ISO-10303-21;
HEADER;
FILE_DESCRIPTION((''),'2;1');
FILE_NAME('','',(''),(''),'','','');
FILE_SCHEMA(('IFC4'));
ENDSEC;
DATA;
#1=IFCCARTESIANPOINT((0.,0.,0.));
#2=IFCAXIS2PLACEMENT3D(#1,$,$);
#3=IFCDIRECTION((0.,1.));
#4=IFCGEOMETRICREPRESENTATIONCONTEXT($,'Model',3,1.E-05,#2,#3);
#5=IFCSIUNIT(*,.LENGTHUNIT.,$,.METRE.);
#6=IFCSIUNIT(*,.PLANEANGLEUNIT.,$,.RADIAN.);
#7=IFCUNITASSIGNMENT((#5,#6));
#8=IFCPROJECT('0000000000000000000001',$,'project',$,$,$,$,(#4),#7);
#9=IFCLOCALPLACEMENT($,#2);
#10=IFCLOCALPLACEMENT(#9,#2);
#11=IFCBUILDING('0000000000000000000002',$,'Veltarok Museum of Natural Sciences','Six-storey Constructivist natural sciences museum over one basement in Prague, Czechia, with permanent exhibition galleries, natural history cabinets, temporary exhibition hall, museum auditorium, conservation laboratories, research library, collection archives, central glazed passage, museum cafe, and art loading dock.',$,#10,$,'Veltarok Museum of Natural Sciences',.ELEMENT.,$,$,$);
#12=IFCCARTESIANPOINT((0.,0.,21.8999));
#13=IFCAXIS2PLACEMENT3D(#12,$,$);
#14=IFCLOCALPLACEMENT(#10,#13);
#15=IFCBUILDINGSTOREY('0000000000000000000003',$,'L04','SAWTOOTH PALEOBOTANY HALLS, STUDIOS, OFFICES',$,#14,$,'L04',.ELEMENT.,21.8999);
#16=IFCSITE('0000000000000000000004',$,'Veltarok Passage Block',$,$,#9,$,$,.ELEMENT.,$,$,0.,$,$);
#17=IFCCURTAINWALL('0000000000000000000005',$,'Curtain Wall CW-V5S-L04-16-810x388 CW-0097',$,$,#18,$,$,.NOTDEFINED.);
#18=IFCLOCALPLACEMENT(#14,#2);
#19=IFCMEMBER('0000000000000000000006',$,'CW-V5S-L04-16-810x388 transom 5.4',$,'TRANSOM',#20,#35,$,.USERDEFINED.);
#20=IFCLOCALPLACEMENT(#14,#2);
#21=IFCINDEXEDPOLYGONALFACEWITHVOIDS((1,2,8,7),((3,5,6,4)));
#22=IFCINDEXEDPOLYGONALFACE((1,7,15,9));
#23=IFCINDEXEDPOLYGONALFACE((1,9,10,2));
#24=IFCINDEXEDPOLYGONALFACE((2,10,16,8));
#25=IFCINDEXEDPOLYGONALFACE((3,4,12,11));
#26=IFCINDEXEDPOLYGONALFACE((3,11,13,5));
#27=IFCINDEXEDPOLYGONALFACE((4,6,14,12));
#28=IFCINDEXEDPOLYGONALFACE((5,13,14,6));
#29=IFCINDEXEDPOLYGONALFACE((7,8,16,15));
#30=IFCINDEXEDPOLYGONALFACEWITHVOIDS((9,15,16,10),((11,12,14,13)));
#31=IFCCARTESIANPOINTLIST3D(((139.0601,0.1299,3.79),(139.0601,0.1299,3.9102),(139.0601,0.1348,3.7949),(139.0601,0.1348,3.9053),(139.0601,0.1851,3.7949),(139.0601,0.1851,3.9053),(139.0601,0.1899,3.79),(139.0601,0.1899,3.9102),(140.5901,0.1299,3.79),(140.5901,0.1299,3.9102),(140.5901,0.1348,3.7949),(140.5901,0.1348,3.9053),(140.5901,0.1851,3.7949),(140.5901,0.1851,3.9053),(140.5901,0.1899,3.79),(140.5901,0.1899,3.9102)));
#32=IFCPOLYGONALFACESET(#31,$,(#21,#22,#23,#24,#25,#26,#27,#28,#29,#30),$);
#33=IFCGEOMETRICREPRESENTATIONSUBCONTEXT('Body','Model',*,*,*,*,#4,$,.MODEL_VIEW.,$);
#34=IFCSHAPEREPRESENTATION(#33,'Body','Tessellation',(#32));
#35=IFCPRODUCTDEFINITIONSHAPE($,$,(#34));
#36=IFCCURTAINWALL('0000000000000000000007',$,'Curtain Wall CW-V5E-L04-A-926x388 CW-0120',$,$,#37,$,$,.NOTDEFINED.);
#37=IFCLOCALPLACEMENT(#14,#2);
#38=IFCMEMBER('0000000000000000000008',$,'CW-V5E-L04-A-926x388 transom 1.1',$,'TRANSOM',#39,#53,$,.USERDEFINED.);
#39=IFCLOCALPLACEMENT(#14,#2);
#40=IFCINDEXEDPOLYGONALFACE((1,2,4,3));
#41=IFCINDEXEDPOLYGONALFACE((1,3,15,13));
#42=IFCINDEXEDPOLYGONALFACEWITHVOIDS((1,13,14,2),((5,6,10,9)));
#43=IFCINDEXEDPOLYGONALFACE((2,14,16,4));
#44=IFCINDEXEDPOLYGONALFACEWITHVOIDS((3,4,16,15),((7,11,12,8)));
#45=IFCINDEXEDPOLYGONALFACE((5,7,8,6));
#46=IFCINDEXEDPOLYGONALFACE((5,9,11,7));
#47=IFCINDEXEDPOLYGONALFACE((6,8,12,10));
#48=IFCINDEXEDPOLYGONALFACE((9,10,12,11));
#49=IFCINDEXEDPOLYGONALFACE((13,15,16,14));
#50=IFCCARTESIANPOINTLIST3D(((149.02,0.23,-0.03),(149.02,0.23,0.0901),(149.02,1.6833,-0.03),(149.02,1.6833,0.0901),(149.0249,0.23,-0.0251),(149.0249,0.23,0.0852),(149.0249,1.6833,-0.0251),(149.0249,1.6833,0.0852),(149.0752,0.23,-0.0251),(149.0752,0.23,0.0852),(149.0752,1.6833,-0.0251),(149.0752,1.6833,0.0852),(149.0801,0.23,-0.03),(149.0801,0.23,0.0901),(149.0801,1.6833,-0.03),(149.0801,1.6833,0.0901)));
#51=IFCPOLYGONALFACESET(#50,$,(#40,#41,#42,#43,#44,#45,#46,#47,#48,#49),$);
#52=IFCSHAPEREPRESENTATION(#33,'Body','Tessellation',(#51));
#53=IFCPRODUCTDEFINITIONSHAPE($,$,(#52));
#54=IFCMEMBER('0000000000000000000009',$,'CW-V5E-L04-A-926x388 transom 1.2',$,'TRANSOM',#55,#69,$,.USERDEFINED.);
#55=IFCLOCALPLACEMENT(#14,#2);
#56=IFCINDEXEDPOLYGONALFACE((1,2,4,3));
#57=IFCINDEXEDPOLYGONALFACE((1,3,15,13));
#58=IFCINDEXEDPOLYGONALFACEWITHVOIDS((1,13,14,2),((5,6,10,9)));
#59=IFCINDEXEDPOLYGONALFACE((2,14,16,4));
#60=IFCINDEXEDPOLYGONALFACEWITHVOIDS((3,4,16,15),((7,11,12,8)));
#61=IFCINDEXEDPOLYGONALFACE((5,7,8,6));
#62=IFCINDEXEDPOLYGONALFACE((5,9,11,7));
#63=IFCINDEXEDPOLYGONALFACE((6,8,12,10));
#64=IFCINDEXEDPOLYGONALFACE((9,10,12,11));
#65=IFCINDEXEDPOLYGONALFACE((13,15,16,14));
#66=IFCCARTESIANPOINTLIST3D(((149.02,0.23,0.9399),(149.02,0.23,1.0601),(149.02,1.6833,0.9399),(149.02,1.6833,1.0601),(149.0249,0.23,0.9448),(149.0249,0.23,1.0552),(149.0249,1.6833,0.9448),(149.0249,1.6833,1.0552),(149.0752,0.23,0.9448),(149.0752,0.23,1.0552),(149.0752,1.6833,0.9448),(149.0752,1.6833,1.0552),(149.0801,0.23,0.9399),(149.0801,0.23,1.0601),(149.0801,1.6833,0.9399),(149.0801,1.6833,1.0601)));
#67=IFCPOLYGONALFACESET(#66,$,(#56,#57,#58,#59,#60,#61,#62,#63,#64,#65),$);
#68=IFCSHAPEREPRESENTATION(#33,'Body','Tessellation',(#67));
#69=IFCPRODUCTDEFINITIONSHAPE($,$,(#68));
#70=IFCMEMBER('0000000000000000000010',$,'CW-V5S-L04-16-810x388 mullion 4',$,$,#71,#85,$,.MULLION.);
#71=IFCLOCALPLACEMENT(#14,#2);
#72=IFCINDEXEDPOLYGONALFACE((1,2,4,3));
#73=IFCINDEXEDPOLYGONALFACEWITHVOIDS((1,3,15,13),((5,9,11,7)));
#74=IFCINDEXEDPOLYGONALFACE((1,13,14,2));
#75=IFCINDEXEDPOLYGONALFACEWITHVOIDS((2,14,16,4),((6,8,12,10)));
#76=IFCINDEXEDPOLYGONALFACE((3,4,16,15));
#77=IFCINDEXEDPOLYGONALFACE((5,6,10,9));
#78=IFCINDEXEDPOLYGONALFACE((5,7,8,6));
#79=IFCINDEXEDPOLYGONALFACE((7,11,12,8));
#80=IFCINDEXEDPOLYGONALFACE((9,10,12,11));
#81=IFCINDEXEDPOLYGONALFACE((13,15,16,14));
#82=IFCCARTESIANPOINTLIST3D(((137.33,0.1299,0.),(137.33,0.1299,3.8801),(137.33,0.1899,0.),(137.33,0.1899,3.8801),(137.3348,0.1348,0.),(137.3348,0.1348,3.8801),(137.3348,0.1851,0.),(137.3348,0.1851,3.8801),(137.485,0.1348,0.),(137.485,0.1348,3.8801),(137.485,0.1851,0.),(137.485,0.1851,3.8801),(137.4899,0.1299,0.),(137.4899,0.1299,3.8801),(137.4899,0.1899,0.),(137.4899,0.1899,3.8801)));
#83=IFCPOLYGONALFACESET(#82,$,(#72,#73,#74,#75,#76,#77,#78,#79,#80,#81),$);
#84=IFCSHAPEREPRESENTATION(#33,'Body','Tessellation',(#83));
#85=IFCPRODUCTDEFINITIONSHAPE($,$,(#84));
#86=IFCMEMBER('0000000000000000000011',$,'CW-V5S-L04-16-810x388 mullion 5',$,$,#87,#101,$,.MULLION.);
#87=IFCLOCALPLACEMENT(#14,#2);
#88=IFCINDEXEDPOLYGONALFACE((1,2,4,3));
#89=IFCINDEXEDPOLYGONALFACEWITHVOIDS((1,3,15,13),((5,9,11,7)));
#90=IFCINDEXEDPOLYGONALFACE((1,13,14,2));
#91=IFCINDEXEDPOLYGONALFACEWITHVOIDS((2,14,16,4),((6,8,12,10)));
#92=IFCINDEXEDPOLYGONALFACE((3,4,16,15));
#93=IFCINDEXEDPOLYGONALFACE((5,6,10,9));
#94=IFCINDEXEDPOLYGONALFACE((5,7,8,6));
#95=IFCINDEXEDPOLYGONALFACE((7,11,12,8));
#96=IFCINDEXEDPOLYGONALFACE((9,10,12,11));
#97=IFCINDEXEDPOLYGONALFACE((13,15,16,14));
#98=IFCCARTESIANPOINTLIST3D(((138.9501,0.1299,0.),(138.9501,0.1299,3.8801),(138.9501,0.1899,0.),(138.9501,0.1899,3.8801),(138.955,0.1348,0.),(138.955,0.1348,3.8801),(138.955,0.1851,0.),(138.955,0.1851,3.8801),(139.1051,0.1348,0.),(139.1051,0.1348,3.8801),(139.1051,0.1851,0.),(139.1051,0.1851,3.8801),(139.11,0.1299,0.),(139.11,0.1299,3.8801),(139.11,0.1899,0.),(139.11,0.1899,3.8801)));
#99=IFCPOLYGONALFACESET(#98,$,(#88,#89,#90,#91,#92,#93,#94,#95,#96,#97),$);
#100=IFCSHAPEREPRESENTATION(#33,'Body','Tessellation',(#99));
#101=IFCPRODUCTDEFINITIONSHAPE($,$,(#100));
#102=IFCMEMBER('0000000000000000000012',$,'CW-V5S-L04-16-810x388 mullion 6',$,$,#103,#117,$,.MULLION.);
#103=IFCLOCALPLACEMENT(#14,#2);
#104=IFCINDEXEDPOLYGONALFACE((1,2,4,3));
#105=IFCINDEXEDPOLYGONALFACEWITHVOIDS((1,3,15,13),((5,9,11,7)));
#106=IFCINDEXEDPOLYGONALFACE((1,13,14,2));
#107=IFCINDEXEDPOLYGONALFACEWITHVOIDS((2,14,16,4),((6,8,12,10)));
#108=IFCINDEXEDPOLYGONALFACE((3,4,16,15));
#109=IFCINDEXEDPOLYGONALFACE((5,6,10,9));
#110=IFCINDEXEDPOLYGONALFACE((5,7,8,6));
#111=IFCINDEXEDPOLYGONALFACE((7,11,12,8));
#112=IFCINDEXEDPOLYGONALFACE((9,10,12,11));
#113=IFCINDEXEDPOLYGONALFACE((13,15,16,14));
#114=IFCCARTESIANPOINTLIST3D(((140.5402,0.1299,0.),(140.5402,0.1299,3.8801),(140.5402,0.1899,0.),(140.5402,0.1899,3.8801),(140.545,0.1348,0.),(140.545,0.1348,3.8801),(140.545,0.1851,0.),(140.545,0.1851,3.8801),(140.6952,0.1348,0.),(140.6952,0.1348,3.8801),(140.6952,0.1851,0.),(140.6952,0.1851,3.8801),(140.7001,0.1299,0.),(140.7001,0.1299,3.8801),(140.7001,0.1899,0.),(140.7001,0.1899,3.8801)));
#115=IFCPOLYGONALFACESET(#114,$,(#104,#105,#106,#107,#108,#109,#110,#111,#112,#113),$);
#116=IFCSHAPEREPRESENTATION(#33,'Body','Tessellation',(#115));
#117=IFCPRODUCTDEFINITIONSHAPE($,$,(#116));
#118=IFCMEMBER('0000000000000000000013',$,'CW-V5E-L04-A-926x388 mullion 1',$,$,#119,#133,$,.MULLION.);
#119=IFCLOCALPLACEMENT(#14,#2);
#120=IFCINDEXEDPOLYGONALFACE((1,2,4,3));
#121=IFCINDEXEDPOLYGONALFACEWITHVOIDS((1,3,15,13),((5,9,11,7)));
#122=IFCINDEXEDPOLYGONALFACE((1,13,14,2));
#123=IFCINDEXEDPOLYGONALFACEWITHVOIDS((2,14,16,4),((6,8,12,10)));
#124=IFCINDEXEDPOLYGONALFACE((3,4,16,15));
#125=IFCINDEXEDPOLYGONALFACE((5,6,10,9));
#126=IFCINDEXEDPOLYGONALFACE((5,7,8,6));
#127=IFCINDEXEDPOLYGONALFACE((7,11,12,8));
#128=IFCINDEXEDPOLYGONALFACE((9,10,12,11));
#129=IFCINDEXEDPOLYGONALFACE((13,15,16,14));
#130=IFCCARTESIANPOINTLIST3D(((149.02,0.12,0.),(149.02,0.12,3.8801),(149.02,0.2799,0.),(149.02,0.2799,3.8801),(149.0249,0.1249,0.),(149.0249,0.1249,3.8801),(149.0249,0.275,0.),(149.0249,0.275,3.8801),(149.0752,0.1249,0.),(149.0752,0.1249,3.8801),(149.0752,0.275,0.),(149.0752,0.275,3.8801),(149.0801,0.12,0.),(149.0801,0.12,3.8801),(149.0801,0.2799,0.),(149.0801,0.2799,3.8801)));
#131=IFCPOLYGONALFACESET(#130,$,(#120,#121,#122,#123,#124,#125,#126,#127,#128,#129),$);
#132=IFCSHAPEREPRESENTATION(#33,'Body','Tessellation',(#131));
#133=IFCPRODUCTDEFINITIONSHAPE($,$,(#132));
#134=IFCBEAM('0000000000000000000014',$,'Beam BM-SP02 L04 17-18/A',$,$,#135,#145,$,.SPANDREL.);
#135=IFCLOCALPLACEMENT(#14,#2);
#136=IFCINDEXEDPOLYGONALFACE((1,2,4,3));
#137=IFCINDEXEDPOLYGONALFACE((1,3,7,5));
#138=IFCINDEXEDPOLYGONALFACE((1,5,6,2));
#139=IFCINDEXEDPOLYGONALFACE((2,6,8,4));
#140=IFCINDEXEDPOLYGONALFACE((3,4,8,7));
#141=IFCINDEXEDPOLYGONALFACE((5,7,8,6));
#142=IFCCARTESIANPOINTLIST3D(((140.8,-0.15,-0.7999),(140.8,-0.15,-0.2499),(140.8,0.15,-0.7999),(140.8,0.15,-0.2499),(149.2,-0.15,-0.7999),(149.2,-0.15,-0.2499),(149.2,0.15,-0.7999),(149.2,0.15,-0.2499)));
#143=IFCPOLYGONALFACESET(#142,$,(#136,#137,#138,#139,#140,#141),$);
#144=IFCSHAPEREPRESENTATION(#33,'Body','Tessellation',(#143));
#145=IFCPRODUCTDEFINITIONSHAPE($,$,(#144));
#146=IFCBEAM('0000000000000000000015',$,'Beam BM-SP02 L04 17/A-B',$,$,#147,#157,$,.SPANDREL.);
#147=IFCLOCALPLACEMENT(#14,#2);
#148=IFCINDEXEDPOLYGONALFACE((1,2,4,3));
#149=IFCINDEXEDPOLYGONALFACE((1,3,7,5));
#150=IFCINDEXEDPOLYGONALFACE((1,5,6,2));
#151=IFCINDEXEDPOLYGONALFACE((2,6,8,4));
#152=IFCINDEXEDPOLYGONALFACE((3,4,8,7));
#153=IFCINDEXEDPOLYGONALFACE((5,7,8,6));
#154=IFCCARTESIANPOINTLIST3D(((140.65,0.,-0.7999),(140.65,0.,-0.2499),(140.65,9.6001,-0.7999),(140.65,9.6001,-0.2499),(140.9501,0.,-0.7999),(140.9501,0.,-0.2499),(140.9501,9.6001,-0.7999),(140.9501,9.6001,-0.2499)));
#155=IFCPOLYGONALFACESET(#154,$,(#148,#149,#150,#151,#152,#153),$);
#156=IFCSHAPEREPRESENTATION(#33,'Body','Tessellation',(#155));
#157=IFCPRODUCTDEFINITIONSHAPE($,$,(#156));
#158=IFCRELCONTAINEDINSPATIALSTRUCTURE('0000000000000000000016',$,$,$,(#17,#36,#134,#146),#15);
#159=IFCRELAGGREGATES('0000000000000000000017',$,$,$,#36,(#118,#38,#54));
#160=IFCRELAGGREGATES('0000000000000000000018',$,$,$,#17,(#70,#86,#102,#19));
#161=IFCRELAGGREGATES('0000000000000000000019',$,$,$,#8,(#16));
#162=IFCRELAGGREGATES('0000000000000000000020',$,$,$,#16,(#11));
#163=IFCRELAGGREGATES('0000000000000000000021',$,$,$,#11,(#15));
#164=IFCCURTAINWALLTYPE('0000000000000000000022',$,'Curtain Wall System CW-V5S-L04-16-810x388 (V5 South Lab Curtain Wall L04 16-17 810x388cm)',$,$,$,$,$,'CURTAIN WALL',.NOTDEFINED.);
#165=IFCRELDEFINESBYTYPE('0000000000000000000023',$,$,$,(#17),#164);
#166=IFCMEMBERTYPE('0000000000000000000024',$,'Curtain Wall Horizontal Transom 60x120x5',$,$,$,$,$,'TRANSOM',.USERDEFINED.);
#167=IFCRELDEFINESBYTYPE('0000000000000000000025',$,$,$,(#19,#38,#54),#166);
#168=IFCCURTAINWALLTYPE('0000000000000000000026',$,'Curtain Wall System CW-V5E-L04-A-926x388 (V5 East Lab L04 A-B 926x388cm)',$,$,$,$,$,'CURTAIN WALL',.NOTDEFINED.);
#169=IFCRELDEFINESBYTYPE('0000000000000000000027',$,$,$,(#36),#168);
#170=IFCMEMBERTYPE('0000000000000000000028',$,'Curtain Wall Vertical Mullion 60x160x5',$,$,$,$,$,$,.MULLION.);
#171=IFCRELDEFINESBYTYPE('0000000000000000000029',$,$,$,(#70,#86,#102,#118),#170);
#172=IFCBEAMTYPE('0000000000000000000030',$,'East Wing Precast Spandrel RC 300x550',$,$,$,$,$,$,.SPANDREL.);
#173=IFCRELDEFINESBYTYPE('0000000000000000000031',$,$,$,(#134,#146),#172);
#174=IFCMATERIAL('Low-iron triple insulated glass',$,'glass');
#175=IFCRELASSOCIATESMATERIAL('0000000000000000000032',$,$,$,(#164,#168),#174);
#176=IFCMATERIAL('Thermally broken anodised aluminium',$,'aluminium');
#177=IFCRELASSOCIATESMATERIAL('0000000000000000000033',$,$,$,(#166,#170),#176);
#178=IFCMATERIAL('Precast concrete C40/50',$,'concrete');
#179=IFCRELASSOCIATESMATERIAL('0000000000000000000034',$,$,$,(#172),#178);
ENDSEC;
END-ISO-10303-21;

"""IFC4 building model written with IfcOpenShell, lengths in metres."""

from ifc_helpers import new_model, si_unit, direction, frame, origin, origin_2d, place, context, subcontext, project, spatial, rectangle, hollow_rectangle, extrude, material, material_profile, profile_set, type_object, element, aggregate, save


model = new_model("IFC4")

# Units and contexts
model_context = context("Model", 3, precision=1e-05, world=origin(), true_north=direction((0.0, 1.0)))
body_context = subcontext(model_context, "Body", "Model", "MODEL_VIEW")
ifc_project = project(units=[si_unit("LENGTHUNIT", "METRE"), si_unit("PLANEANGLEUNIT", "RADIAN")], contexts=[model_context])

# Site, building, storey
site_placement = place(None, origin())
site = spatial("IfcSite", under=ifc_project, at=site_placement, Name="Veltarok Passage Block", CompositionType="ELEMENT", RefElevation=0.0)
building_placement = place(site_placement, origin())
building = spatial("IfcBuilding", under=site, at=building_placement, Name="Veltarok Museum of Natural Sciences", Description="Six-storey Constructivist natural sciences museum over one basement in Prague, Czechia, with permanent exhibition galleries, natural history cabinets, temporary exhibition hall, museum auditorium, conservation laboratories, research library, collection archives, central glazed passage, museum cafe, and art loading dock.", LongName="Veltarok Museum of Natural Sciences", CompositionType="ELEMENT")
storey_placement = place(building_placement, frame((0.0, 0.0, 21.8999)))
storey = spatial("IfcBuildingStorey", under=building, at=storey_placement, Name="L04", Description="SAWTOOTH PALEOBOTANY HALLS, STUDIOS, OFFICES", LongName="L04", CompositionType="ELEMENT", Elevation=21.8999)

# Curtain walls, members
ifc_material_1 = material(Name="Low-iron triple insulated glass", Category="glass")
curtain_wall_type_1 = type_object("IfcCurtainWallType", Name="Curtain Wall System CW-V5S-L04-16-810x388 (V5 South Lab Curtain Wall L04 16-17 810x388cm)", ElementType="CURTAIN WALL", PredefinedType="NOTDEFINED", material=ifc_material_1)
curtain_wall_1_placement = place(storey_placement, origin())
curtain_wall_1 = element("IfcCurtainWall", 1, at=curtain_wall_1_placement, inside=storey, type_object=curtain_wall_type_1, Name="Curtain Wall CW-V5S-L04-16-810x388 CW-0097", PredefinedType="NOTDEFINED")
ifc_material_2 = material(Name="Thermally broken anodised aluminium", Category="aluminium")
ifc_material_profile_1 = material_profile(ifc_material_2, hollow_rectangle(XDim=0.0601, YDim=0.1201, WallThickness=0.0049, at=origin_2d()), Name="CW TRANSOM 60x120x5")
ifc_profile_set_1 = profile_set([ifc_material_profile_1], Name="Thermally broken anodised aluminium")
member_type_1 = type_object("IfcMemberType", Name="Curtain Wall Horizontal Transom 60x120x5", ElementType="TRANSOM", PredefinedType="USERDEFINED", material=ifc_profile_set_1)
member_1_placement = place(storey_placement, frame((139.0601, 0.1599, 3.8501), z_axis=(1.0, 0.0, 0.0), x_axis=(0.0, 1.0, 0.0)))
member_1 = element("IfcMember", 2, at=member_1_placement, type_object=member_type_1, Name="CW-V5S-L04-16-810x388 transom 5.4", ObjectType="TRANSOM", PredefinedType="USERDEFINED", context=body_context, shape_type="SweptSolid", body=[
    extrude(hollow_rectangle(XDim=0.0601, YDim=0.1201, WallThickness=0.0049, at=origin_2d()), origin(), (0.0, 0.0, 1.0), 1.53),
])
curtain_wall_type_2 = type_object("IfcCurtainWallType", Name="Curtain Wall System CW-V5E-L04-A-926x388 (V5 East Lab L04 A-B 926x388cm)", ElementType="CURTAIN WALL", PredefinedType="NOTDEFINED", material=ifc_material_1)
curtain_wall_2_placement = place(storey_placement, origin())
curtain_wall_2 = element("IfcCurtainWall", 3, at=curtain_wall_2_placement, inside=storey, type_object=curtain_wall_type_2, Name="Curtain Wall CW-V5E-L04-A-926x388 CW-0120", PredefinedType="NOTDEFINED")
member_2_placement = place(storey_placement, frame((149.05, 0.23, 0.03), z_axis=(0.0, 1.0, 0.0), x_axis=(-1.0, 0.0, 0.0)))
member_2 = element("IfcMember", 4, at=member_2_placement, type_object=member_type_1, Name="CW-V5E-L04-A-926x388 transom 1.1", ObjectType="TRANSOM", PredefinedType="USERDEFINED", context=body_context, shape_type="SweptSolid", body=[
    extrude(hollow_rectangle(XDim=0.0601, YDim=0.1201, WallThickness=0.0049, at=origin_2d()), origin(), (0.0, 0.0, 1.0), 1.4534),
])
member_3_placement = place(storey_placement, frame((149.05, 0.23, 1.0), z_axis=(0.0, 1.0, 0.0), x_axis=(-1.0, 0.0, 0.0)))
member_3 = element("IfcMember", 5, at=member_3_placement, type_object=member_type_1, Name="CW-V5E-L04-A-926x388 transom 1.2", ObjectType="TRANSOM", PredefinedType="USERDEFINED", context=body_context, shape_type="SweptSolid", body=[
    extrude(hollow_rectangle(XDim=0.0601, YDim=0.1201, WallThickness=0.0049, at=origin_2d()), origin(), (0.0, 0.0, 1.0), 1.4534),
])

# Members
ifc_material_profile_2 = material_profile(ifc_material_2, hollow_rectangle(XDim=0.0601, YDim=0.1599, WallThickness=0.0049, at=origin_2d()), Name="CW MULLION 60x160x5")
ifc_profile_set_2 = profile_set([ifc_material_profile_2], Name="Thermally broken anodised aluminium")
member_type_2 = type_object("IfcMemberType", Name="Curtain Wall Vertical Mullion 60x160x5", PredefinedType="MULLION", material=ifc_profile_set_2)
member_4_placement = place(storey_placement, frame((137.4099, 0.1599, 0.0), z_axis=(0.0, 0.0, 1.0), x_axis=(0.0, 1.0, 0.0)))
member_4 = element("IfcMember", 6, at=member_4_placement, type_object=member_type_2, Name="CW-V5S-L04-16-810x388 mullion 4", PredefinedType="MULLION", context=body_context, shape_type="SweptSolid", body=[
    extrude(hollow_rectangle(XDim=0.0601, YDim=0.1599, WallThickness=0.0049, at=origin_2d()), origin(), (0.0, 0.0, 1.0), 3.8801),
])
member_5_placement = place(storey_placement, frame((139.03, 0.1599, 0.0), z_axis=(0.0, 0.0, 1.0), x_axis=(0.0, 1.0, 0.0)))
member_5 = element("IfcMember", 7, at=member_5_placement, type_object=member_type_2, Name="CW-V5S-L04-16-810x388 mullion 5", PredefinedType="MULLION", context=body_context, shape_type="SweptSolid", body=[
    extrude(hollow_rectangle(XDim=0.0601, YDim=0.1599, WallThickness=0.0049, at=origin_2d()), origin(), (0.0, 0.0, 1.0), 3.8801),
])
member_6_placement = place(storey_placement, frame((140.6201, 0.1599, 0.0), z_axis=(0.0, 0.0, 1.0), x_axis=(0.0, 1.0, 0.0)))
member_6 = element("IfcMember", 8, at=member_6_placement, type_object=member_type_2, Name="CW-V5S-L04-16-810x388 mullion 6", PredefinedType="MULLION", context=body_context, shape_type="SweptSolid", body=[
    extrude(hollow_rectangle(XDim=0.0601, YDim=0.1599, WallThickness=0.0049, at=origin_2d()), origin(), (0.0, 0.0, 1.0), 3.8801),
])
member_7_placement = place(storey_placement, frame((149.05, 0.2, 0.0), z_axis=(0.0, 0.0, 1.0), x_axis=(-1.0, 0.0, 0.0)))
member_7 = element("IfcMember", 9, at=member_7_placement, type_object=member_type_2, Name="CW-V5E-L04-A-926x388 mullion 1", PredefinedType="MULLION", context=body_context, shape_type="SweptSolid", body=[
    extrude(hollow_rectangle(XDim=0.0601, YDim=0.1599, WallThickness=0.0049, at=origin_2d()), origin(), (0.0, 0.0, 1.0), 3.8801),
])
aggregate(curtain_wall_2, [member_7, member_2, member_3])

# Beams
ifc_material_3 = material(Name="Precast concrete C40/50", Category="concrete")
ifc_material_profile_3 = material_profile(ifc_material_3, rectangle(XDim=0.3, YDim=0.55, at=origin_2d()), Name="RC 300x550")
ifc_profile_set_3 = profile_set([ifc_material_profile_3], Name="Precast concrete C40/50")
beam_type_1 = type_object("IfcBeamType", Name="East Wing Precast Spandrel RC 300x550", PredefinedType="SPANDREL", material=ifc_profile_set_3)
beam_1_placement = place(storey_placement, frame((140.8, 0.0, -0.5249), z_axis=(1.0, 0.0, 0.0), x_axis=(0.0, 1.0, 0.0)))
element("IfcBeam", 10, at=beam_1_placement, inside=storey, type_object=beam_type_1, Name="Beam BM-SP02 L04 17-18/A", PredefinedType="SPANDREL", context=body_context, shape_type="SweptSolid", body=[
    extrude(rectangle(XDim=0.3, YDim=0.55, at=origin_2d()), origin(), (0.0, 0.0, 1.0), 8.3999),
])
beam_2_placement = place(storey_placement, frame((140.8, 0.0, -0.5249), z_axis=(0.0, 1.0, 0.0), x_axis=(-1.0, 0.0, 0.0)))
element("IfcBeam", 11, at=beam_2_placement, inside=storey, type_object=beam_type_1, Name="Beam BM-SP02 L04 17/A-B", PredefinedType="SPANDREL", context=body_context, shape_type="SweptSolid", body=[
    extrude(rectangle(XDim=0.3, YDim=0.55, at=origin_2d()), origin(), (0.0, 0.0, 1.0), 9.6001),
])

aggregate(curtain_wall_1, [member_4, member_5, member_6, member_1])

save(model, "model.ifc")
